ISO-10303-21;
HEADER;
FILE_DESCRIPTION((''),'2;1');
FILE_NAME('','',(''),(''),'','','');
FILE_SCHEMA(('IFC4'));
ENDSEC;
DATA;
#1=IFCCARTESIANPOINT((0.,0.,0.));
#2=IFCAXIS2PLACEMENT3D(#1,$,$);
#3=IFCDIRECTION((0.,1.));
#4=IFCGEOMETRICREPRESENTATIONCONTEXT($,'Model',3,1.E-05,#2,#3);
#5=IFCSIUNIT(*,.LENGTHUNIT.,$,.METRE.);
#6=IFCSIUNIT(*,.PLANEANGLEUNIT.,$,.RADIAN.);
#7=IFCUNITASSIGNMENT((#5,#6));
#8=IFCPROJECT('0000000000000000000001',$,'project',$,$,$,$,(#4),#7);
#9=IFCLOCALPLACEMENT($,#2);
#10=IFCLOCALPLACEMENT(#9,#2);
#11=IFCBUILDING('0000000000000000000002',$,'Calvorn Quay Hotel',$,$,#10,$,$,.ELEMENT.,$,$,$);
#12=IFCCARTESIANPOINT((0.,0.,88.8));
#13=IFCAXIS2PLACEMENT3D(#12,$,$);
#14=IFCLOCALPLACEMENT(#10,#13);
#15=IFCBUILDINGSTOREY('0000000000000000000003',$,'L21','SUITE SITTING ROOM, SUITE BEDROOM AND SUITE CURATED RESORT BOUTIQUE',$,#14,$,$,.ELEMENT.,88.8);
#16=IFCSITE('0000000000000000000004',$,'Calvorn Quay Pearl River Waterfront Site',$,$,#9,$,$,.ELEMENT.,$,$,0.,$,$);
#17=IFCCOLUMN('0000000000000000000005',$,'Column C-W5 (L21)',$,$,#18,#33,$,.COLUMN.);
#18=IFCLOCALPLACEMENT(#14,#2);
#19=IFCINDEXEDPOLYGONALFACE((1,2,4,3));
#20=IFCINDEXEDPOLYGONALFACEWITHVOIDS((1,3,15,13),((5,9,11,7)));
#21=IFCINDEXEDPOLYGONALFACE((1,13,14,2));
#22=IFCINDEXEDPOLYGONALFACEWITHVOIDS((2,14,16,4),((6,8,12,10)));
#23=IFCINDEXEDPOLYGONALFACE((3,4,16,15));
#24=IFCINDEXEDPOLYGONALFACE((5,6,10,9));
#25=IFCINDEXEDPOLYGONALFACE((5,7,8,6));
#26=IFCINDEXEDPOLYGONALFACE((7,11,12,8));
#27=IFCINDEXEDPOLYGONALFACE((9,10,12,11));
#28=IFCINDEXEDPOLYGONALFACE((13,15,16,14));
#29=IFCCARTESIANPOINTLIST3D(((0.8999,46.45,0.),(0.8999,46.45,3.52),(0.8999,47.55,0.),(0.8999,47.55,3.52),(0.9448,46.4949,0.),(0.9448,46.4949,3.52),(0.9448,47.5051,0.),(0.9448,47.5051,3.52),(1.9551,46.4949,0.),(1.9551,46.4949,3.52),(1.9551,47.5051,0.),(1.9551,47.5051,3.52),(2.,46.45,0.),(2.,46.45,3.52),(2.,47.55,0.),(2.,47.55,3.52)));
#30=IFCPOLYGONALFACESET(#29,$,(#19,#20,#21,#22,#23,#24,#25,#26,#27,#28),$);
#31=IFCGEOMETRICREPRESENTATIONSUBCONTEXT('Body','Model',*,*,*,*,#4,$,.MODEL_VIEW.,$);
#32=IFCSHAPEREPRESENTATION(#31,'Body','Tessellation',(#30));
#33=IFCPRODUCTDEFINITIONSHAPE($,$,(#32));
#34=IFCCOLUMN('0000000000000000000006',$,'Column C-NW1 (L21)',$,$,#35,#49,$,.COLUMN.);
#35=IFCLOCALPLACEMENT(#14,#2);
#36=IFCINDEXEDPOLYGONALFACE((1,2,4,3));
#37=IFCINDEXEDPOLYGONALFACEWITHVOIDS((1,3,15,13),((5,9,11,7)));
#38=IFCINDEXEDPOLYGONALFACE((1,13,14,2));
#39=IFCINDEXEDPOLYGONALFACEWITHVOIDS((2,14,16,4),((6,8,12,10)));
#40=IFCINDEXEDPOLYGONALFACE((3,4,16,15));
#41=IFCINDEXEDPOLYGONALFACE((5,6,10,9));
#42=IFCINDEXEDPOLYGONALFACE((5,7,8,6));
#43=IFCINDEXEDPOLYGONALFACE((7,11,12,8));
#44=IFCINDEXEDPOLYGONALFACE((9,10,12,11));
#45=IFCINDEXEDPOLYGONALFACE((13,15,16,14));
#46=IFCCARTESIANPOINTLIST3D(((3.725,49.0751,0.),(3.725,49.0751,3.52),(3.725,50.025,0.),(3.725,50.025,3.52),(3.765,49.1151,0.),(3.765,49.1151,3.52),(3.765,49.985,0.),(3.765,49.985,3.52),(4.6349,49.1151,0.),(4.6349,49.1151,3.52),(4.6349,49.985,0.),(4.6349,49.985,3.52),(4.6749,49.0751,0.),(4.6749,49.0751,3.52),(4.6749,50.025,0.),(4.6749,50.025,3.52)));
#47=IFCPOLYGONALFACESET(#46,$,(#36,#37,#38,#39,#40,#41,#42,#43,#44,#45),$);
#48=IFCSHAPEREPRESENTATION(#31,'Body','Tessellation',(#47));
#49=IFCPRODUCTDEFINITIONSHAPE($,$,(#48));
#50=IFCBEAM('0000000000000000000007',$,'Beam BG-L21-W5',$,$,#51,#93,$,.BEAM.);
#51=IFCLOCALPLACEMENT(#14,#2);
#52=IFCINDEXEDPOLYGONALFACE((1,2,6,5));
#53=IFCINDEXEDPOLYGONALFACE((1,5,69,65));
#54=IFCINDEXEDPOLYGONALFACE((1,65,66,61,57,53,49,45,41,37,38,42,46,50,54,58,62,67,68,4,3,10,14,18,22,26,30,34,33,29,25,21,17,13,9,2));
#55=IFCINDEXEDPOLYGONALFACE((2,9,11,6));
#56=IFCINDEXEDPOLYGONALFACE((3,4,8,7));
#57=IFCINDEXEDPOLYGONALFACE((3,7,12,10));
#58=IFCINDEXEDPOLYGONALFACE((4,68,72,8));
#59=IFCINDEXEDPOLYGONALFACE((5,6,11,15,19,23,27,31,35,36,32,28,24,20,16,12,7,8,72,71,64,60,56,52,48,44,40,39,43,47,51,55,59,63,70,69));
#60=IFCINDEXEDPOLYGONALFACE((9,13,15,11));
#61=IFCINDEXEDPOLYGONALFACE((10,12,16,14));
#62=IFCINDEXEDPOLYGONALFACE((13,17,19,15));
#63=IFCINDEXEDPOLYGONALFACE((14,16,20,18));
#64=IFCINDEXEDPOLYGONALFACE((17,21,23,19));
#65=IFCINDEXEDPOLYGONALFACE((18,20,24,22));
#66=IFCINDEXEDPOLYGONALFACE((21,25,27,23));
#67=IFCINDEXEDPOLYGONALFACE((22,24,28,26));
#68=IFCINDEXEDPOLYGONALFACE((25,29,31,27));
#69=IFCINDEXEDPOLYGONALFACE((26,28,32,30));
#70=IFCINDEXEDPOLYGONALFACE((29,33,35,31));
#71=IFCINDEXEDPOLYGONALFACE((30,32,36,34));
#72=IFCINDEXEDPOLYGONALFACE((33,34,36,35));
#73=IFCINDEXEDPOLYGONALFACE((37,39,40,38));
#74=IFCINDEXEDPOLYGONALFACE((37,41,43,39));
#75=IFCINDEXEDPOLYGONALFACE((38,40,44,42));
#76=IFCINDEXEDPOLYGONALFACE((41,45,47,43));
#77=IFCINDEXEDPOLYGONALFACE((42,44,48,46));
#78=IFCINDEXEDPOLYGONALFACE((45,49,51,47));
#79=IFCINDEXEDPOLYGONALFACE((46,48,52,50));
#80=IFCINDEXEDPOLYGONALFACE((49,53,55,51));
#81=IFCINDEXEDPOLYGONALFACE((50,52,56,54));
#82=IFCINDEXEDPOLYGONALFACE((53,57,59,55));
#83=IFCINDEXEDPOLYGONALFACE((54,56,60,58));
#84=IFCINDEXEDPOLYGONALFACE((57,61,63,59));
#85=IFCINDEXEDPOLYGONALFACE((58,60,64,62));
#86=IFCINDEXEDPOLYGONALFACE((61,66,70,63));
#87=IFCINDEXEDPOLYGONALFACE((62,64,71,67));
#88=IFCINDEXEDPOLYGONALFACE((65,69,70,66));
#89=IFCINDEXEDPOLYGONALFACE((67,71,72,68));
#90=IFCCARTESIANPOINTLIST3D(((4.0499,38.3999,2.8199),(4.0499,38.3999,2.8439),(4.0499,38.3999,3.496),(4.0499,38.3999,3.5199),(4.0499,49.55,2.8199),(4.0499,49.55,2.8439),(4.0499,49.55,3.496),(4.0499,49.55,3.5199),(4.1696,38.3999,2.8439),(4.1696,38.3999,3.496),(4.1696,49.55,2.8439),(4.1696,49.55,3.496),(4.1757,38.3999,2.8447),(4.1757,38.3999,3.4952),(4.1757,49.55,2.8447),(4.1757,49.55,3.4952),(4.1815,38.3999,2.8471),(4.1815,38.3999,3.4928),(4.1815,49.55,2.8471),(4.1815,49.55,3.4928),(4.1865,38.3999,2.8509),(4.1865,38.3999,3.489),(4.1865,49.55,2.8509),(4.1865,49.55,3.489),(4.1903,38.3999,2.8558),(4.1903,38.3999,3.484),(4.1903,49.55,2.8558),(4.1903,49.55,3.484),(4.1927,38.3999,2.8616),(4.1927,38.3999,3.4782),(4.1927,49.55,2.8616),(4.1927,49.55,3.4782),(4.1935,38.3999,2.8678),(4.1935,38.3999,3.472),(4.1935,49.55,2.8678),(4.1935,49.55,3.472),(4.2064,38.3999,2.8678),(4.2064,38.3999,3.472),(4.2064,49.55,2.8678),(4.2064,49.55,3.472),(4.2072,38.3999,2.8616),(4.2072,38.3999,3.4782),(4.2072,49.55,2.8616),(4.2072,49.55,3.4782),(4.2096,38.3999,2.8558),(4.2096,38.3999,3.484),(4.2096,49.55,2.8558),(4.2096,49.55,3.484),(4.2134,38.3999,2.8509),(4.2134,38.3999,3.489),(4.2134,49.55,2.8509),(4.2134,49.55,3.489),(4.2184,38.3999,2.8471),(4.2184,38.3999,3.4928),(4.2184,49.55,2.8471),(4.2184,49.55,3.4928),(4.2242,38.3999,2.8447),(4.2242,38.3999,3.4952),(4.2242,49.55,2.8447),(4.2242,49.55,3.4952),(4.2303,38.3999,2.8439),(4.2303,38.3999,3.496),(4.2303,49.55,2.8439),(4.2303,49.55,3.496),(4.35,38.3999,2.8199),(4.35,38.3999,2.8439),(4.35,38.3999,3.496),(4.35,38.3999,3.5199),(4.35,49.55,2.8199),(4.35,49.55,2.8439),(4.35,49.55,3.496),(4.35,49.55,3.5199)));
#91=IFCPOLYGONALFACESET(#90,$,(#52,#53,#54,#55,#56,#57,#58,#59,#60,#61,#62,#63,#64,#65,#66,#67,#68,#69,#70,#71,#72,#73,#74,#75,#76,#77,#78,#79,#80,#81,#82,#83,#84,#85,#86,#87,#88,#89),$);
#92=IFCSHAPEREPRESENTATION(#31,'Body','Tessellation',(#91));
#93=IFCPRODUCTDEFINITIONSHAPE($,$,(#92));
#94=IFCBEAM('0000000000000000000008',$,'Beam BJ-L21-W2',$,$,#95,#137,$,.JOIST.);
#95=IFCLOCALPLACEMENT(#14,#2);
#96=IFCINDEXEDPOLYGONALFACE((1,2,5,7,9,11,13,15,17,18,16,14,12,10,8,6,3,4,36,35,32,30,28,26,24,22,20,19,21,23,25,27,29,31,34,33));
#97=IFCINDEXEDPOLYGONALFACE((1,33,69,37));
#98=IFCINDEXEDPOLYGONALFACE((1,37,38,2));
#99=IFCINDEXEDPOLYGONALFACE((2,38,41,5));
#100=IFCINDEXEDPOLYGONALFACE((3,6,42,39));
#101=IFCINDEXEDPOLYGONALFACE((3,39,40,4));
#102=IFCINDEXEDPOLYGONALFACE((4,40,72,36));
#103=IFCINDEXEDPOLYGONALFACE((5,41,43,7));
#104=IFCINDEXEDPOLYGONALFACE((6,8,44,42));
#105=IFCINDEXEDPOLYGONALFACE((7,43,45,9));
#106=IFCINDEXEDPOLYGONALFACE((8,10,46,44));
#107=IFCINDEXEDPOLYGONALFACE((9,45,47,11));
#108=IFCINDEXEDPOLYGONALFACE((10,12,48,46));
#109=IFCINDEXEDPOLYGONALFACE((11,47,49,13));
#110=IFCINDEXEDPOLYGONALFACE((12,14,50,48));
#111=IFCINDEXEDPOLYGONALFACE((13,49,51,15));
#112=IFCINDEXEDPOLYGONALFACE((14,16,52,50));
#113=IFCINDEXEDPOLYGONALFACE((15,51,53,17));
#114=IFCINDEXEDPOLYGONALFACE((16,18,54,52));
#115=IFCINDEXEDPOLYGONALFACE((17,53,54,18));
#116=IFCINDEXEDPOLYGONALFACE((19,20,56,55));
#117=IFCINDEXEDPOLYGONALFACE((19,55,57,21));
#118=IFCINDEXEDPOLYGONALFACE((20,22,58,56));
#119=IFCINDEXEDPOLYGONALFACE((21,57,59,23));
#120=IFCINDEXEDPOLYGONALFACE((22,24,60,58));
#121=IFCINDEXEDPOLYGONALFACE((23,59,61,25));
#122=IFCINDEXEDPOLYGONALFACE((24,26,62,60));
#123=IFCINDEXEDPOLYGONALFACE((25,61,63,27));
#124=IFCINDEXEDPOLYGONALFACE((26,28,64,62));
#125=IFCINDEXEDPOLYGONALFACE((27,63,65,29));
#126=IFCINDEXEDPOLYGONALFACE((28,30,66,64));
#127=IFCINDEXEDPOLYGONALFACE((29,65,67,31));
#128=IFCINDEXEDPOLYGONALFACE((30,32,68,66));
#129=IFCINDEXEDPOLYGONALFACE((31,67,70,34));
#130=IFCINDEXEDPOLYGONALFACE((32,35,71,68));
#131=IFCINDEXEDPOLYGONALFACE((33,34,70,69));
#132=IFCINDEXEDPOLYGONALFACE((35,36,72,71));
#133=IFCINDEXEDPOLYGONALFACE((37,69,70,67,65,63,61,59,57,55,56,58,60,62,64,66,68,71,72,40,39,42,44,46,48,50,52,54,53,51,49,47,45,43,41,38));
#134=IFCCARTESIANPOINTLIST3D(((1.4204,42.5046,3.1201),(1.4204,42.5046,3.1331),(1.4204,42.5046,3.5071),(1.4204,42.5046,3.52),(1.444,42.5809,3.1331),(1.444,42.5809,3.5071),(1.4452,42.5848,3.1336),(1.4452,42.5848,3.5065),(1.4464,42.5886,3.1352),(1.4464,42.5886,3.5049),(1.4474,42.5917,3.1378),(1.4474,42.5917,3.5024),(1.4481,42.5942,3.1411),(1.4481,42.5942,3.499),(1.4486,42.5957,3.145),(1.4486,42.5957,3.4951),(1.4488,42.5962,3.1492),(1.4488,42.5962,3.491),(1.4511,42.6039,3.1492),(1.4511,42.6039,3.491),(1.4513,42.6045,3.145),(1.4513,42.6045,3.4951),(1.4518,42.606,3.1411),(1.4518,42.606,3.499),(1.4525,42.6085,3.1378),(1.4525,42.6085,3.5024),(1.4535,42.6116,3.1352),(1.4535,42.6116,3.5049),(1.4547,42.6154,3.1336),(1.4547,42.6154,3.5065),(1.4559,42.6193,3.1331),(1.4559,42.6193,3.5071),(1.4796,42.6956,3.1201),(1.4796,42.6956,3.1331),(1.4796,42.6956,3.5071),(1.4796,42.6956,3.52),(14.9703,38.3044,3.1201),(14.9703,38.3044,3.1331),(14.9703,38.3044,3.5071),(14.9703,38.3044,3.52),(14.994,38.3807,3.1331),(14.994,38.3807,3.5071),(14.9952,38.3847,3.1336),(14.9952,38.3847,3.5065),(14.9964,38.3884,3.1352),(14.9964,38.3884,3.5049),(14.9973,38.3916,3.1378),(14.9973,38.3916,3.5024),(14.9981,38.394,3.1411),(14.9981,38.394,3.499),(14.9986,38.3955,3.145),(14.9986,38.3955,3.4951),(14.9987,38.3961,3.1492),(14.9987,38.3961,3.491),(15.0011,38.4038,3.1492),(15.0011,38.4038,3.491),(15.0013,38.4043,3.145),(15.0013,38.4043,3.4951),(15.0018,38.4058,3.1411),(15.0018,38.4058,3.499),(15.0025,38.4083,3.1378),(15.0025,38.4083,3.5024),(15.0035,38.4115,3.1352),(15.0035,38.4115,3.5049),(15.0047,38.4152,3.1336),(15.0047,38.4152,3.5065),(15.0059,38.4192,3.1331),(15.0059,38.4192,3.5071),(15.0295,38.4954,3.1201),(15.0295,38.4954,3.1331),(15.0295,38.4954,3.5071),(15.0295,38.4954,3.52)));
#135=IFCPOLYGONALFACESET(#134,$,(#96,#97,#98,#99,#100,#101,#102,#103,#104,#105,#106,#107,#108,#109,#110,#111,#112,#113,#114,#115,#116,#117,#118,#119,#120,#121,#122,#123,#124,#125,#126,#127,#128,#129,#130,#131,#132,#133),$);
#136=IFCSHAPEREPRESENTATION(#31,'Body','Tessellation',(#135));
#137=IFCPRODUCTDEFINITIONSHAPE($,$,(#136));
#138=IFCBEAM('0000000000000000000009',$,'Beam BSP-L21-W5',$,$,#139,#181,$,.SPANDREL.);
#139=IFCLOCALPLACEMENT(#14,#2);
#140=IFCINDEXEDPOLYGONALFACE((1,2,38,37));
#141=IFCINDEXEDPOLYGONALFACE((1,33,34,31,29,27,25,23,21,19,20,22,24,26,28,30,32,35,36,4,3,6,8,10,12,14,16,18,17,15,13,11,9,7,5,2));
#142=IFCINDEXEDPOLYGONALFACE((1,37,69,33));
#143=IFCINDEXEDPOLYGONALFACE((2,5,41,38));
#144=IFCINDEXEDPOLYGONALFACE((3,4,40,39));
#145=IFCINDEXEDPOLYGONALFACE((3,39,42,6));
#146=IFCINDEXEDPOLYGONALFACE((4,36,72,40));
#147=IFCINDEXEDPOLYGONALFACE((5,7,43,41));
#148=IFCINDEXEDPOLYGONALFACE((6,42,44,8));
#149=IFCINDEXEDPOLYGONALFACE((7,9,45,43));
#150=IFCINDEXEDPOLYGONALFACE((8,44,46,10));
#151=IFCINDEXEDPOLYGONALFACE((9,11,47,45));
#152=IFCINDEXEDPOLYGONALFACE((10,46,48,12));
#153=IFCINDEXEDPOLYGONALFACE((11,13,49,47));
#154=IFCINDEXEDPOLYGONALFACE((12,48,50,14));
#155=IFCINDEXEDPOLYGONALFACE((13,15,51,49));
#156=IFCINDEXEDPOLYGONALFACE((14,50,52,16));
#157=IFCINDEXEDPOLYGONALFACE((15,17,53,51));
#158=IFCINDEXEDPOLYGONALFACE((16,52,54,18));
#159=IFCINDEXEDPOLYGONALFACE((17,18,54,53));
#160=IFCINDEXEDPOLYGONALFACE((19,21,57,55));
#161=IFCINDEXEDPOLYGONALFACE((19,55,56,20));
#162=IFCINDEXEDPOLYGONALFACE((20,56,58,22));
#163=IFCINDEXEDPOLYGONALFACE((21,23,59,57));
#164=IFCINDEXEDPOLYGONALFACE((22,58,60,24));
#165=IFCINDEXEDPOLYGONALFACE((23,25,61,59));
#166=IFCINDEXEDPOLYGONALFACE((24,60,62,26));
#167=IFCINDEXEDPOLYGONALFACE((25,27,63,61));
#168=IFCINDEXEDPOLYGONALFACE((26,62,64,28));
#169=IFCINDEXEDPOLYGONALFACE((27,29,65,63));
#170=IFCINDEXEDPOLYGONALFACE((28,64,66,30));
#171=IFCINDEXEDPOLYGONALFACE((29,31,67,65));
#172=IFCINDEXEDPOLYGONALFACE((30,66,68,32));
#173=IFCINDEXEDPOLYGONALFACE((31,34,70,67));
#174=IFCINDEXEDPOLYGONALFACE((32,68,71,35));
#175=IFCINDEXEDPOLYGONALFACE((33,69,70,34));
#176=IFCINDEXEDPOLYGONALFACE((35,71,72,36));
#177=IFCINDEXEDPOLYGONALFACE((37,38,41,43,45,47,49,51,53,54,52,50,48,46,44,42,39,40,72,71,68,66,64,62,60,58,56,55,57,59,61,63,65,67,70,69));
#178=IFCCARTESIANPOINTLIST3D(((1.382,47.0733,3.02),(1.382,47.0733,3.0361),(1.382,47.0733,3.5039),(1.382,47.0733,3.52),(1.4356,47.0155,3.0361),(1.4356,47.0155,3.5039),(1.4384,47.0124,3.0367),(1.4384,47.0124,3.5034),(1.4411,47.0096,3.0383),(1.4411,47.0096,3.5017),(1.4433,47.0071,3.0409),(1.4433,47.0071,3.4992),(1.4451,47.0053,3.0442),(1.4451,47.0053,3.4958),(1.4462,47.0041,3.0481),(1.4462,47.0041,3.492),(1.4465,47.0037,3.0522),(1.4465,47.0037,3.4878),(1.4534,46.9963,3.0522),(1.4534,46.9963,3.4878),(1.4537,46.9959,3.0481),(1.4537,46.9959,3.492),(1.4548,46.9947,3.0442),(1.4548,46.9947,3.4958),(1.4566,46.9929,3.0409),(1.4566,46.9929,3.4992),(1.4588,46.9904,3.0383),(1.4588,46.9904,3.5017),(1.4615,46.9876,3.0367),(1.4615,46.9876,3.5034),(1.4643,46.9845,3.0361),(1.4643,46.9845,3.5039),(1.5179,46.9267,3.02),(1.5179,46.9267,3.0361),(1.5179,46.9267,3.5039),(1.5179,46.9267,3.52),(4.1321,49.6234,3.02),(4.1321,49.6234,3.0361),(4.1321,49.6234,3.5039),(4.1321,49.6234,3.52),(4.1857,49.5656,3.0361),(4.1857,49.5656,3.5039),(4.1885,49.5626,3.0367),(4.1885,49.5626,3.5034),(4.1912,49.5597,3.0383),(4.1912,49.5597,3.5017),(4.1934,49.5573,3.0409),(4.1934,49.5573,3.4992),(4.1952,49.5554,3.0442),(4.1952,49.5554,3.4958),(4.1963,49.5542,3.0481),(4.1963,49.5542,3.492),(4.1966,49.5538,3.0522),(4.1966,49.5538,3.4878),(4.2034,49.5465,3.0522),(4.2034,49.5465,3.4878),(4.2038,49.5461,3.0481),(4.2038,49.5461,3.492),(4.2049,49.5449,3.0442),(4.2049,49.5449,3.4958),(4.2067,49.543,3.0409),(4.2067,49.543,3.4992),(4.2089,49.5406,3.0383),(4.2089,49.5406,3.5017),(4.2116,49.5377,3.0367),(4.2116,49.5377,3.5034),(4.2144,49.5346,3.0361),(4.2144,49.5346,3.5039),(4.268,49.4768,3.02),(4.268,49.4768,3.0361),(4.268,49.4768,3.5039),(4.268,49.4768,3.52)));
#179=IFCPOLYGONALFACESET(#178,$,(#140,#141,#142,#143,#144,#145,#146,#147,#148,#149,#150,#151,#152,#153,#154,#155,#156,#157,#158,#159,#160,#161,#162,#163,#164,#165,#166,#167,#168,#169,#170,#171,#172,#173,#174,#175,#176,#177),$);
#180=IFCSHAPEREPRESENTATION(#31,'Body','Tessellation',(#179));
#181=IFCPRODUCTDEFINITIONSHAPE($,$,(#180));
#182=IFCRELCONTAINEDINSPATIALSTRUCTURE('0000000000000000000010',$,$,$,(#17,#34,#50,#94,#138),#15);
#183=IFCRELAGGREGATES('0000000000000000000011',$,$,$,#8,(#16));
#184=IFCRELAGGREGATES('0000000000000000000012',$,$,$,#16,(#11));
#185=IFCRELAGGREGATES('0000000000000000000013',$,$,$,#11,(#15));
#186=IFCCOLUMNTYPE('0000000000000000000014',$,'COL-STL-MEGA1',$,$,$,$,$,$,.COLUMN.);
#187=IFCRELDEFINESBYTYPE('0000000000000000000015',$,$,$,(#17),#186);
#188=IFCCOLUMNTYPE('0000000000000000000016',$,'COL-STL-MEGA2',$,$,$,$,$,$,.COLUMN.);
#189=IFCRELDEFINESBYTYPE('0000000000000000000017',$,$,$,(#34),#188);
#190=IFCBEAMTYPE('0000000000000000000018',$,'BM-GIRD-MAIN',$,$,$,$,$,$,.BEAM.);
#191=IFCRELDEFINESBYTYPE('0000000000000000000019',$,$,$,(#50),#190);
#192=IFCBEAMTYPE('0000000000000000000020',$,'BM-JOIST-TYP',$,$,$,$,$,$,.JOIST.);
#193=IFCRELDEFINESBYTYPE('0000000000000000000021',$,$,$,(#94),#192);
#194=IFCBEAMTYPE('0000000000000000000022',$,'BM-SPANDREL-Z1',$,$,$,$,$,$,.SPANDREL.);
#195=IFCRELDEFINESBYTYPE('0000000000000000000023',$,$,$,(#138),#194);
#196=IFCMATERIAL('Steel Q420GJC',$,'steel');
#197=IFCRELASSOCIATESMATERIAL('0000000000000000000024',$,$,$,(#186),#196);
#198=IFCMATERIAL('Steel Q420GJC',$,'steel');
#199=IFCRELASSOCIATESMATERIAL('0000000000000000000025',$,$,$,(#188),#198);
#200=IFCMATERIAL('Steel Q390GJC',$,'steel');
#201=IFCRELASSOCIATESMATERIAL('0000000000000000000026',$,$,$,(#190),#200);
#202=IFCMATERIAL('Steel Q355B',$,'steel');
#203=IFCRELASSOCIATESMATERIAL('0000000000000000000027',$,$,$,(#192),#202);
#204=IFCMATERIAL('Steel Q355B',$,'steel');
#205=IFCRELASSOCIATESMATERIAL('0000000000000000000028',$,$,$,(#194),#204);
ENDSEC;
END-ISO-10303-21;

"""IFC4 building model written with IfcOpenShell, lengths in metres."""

from ifc_helpers import new_model, si_unit, direction, frame, origin, origin_2d, place, context, subcontext, project, spatial, hollow_rectangle, i_section, extrude, material, material_profile, profile_set, type_object, element, save


model = new_model("IFC4")

# Units and contexts
model_context = context("Model", 3, precision=1e-05, world=origin(), true_north=direction((0.0, 1.0)))
body_context = subcontext(model_context, "Body", "Model", "MODEL_VIEW")
ifc_project = project(units=[si_unit("LENGTHUNIT", "METRE"), si_unit("PLANEANGLEUNIT", "RADIAN")], contexts=[model_context])

# Site, building, storey
site_placement = place(None, origin())
site = spatial("IfcSite", under=ifc_project, at=site_placement, Name="Calvorn Quay Pearl River Waterfront Site", CompositionType="ELEMENT", RefElevation=0.0)
building_placement = place(site_placement, origin())
building = spatial("IfcBuilding", under=site, at=building_placement, Name="Calvorn Quay Hotel", CompositionType="ELEMENT")
storey_placement = place(building_placement, frame((0.0, 0.0, 88.8)))
storey = spatial("IfcBuildingStorey", under=building, at=storey_placement, Name="L21", Description="SUITE SITTING ROOM, SUITE BEDROOM AND SUITE CURATED RESORT BOUTIQUE", CompositionType="ELEMENT", Elevation=88.8)

# Columns
ifc_material_1 = material(Name="Steel Q420GJC", Category="steel")
ifc_material_profile_1 = material_profile(ifc_material_1, hollow_rectangle(XDim=1.1001, YDim=1.1001, WallThickness=0.0449, at=origin_2d()), Name="BOX1100x1100x45")
ifc_profile_set_1 = profile_set([ifc_material_profile_1], Name="Steel Q420GJC")
column_type_1 = type_object("IfcColumnType", Name="COL-STL-MEGA1", PredefinedType="COLUMN", material=ifc_profile_set_1)
column_1_placement = place(storey_placement, frame((1.45, 47.0, 0.0), z_axis=(0.0, 0.0, 1.0), x_axis=(1.0, 0.0, 0.0)))
element("IfcColumn", 1, at=column_1_placement, inside=storey, type_object=column_type_1, Name="Column C-W5 (L21)", PredefinedType="COLUMN", context=body_context, shape_type="SweptSolid", body=[
    extrude(hollow_rectangle(XDim=1.1001, YDim=1.1001, WallThickness=0.0449, at=origin_2d()), origin(), (0.0, 0.0, 1.0), 3.52),
])
ifc_material_2 = material(Name="Steel Q420GJC", Category="steel")
ifc_material_profile_2 = material_profile(ifc_material_2, hollow_rectangle(XDim=0.95, YDim=0.95, WallThickness=0.04, at=origin_2d()), Name="BOX950x950x40")
ifc_profile_set_2 = profile_set([ifc_material_profile_2], Name="Steel Q420GJC")
column_type_2 = type_object("IfcColumnType", Name="COL-STL-MEGA2", PredefinedType="COLUMN", material=ifc_profile_set_2)
column_2_placement = place(storey_placement, frame((4.2, 49.55, 0.0), z_axis=(0.0, 0.0, 1.0), x_axis=(1.0, 0.0, 0.0)))
element("IfcColumn", 2, at=column_2_placement, inside=storey, type_object=column_type_2, Name="Column C-NW1 (L21)", PredefinedType="COLUMN", context=body_context, shape_type="SweptSolid", body=[
    extrude(hollow_rectangle(XDim=0.95, YDim=0.95, WallThickness=0.04, at=origin_2d()), origin(), (0.0, 0.0, 1.0), 3.52),
])

# Beams
ifc_material_3 = material(Name="Steel Q390GJC", Category="steel")
ifc_material_profile_3 = material_profile(ifc_material_3, i_section(OverallWidth=0.3, OverallDepth=0.7, WebThickness=0.0129, FlangeThickness=0.0239, FilletRadius=0.0239, at=origin_2d()), Name="HN700x300x13x24")
ifc_profile_set_3 = profile_set([ifc_material_profile_3], Name="Steel Q390GJC")
beam_type_1 = type_object("IfcBeamType", Name="BM-GIRD-MAIN", PredefinedType="BEAM", material=ifc_profile_set_3)
beam_1_placement = place(storey_placement, frame((4.2, 49.55, 3.1699), z_axis=(0.0, -1.0, 0.0), x_axis=(1.0, 0.0, 0.0)))
element("IfcBeam", 3, at=beam_1_placement, inside=storey, type_object=beam_type_1, Name="Beam BG-L21-W5", PredefinedType="BEAM", context=body_context, shape_type="SweptSolid", body=[
    extrude(i_section(OverallWidth=0.3, OverallDepth=0.7, WebThickness=0.0129, FlangeThickness=0.0239, FilletRadius=0.0239, at=origin_2d()), origin(), (0.0, 0.0, 1.0), 11.1501),
])
ifc_material_4 = material(Name="Steel Q355B", Category="steel")
ifc_material_profile_4 = material_profile(ifc_material_4, i_section(OverallWidth=0.2, OverallDepth=0.3999, WebThickness=0.0081, FlangeThickness=0.0129, FilletRadius=0.0161, at=origin_2d()), Name="HN400x200x8x13")
ifc_profile_set_4 = profile_set([ifc_material_profile_4], Name="Steel Q355B")
beam_type_2 = type_object("IfcBeamType", Name="BM-JOIST-TYP", PredefinedType="JOIST", material=ifc_profile_set_4)
beam_2_placement = place(storey_placement, frame((1.45, 42.6001, 3.3201), z_axis=(0.955164, -0.296078, 0.0), x_axis=(0.296078, 0.955164, 0.0)))
element("IfcBeam", 4, at=beam_2_placement, inside=storey, type_object=beam_type_2, Name="Beam BJ-L21-W2", PredefinedType="JOIST", context=body_context, shape_type="SweptSolid", body=[
    extrude(i_section(OverallWidth=0.2, OverallDepth=0.3999, WebThickness=0.0081, FlangeThickness=0.0129, FilletRadius=0.0161, at=origin_2d()), origin(), (0.0, 0.0, 1.0), 14.186),
])
ifc_material_5 = material(Name="Steel Q355B", Category="steel")
ifc_material_profile_5 = material_profile(ifc_material_5, i_section(OverallWidth=0.2, OverallDepth=0.5, WebThickness=0.01, FlangeThickness=0.0161, FilletRadius=0.0161, at=origin_2d()), Name="HN500x200x10x16")
ifc_profile_set_5 = profile_set([ifc_material_profile_5], Name="Steel Q355B")
beam_type_3 = type_object("IfcBeamType", Name="BM-SPANDREL-Z1", PredefinedType="SPANDREL", material=ifc_profile_set_5)
beam_3_placement = place(storey_placement, frame((1.45, 47.0, 3.27), z_axis=(0.733262, 0.679947, 0.0), x_axis=(-0.679947, 0.733262, 0.0)))
element("IfcBeam", 5, at=beam_3_placement, inside=storey, type_object=beam_type_3, Name="Beam BSP-L21-W5", PredefinedType="SPANDREL", context=body_context, shape_type="SweptSolid", body=[
    extrude(i_section(OverallWidth=0.2, OverallDepth=0.5, WebThickness=0.01, FlangeThickness=0.0161, FilletRadius=0.0161, at=origin_2d()), origin(), (0.0, 0.0, 1.0), 3.7505),
])

save(model, "model.ifc")
